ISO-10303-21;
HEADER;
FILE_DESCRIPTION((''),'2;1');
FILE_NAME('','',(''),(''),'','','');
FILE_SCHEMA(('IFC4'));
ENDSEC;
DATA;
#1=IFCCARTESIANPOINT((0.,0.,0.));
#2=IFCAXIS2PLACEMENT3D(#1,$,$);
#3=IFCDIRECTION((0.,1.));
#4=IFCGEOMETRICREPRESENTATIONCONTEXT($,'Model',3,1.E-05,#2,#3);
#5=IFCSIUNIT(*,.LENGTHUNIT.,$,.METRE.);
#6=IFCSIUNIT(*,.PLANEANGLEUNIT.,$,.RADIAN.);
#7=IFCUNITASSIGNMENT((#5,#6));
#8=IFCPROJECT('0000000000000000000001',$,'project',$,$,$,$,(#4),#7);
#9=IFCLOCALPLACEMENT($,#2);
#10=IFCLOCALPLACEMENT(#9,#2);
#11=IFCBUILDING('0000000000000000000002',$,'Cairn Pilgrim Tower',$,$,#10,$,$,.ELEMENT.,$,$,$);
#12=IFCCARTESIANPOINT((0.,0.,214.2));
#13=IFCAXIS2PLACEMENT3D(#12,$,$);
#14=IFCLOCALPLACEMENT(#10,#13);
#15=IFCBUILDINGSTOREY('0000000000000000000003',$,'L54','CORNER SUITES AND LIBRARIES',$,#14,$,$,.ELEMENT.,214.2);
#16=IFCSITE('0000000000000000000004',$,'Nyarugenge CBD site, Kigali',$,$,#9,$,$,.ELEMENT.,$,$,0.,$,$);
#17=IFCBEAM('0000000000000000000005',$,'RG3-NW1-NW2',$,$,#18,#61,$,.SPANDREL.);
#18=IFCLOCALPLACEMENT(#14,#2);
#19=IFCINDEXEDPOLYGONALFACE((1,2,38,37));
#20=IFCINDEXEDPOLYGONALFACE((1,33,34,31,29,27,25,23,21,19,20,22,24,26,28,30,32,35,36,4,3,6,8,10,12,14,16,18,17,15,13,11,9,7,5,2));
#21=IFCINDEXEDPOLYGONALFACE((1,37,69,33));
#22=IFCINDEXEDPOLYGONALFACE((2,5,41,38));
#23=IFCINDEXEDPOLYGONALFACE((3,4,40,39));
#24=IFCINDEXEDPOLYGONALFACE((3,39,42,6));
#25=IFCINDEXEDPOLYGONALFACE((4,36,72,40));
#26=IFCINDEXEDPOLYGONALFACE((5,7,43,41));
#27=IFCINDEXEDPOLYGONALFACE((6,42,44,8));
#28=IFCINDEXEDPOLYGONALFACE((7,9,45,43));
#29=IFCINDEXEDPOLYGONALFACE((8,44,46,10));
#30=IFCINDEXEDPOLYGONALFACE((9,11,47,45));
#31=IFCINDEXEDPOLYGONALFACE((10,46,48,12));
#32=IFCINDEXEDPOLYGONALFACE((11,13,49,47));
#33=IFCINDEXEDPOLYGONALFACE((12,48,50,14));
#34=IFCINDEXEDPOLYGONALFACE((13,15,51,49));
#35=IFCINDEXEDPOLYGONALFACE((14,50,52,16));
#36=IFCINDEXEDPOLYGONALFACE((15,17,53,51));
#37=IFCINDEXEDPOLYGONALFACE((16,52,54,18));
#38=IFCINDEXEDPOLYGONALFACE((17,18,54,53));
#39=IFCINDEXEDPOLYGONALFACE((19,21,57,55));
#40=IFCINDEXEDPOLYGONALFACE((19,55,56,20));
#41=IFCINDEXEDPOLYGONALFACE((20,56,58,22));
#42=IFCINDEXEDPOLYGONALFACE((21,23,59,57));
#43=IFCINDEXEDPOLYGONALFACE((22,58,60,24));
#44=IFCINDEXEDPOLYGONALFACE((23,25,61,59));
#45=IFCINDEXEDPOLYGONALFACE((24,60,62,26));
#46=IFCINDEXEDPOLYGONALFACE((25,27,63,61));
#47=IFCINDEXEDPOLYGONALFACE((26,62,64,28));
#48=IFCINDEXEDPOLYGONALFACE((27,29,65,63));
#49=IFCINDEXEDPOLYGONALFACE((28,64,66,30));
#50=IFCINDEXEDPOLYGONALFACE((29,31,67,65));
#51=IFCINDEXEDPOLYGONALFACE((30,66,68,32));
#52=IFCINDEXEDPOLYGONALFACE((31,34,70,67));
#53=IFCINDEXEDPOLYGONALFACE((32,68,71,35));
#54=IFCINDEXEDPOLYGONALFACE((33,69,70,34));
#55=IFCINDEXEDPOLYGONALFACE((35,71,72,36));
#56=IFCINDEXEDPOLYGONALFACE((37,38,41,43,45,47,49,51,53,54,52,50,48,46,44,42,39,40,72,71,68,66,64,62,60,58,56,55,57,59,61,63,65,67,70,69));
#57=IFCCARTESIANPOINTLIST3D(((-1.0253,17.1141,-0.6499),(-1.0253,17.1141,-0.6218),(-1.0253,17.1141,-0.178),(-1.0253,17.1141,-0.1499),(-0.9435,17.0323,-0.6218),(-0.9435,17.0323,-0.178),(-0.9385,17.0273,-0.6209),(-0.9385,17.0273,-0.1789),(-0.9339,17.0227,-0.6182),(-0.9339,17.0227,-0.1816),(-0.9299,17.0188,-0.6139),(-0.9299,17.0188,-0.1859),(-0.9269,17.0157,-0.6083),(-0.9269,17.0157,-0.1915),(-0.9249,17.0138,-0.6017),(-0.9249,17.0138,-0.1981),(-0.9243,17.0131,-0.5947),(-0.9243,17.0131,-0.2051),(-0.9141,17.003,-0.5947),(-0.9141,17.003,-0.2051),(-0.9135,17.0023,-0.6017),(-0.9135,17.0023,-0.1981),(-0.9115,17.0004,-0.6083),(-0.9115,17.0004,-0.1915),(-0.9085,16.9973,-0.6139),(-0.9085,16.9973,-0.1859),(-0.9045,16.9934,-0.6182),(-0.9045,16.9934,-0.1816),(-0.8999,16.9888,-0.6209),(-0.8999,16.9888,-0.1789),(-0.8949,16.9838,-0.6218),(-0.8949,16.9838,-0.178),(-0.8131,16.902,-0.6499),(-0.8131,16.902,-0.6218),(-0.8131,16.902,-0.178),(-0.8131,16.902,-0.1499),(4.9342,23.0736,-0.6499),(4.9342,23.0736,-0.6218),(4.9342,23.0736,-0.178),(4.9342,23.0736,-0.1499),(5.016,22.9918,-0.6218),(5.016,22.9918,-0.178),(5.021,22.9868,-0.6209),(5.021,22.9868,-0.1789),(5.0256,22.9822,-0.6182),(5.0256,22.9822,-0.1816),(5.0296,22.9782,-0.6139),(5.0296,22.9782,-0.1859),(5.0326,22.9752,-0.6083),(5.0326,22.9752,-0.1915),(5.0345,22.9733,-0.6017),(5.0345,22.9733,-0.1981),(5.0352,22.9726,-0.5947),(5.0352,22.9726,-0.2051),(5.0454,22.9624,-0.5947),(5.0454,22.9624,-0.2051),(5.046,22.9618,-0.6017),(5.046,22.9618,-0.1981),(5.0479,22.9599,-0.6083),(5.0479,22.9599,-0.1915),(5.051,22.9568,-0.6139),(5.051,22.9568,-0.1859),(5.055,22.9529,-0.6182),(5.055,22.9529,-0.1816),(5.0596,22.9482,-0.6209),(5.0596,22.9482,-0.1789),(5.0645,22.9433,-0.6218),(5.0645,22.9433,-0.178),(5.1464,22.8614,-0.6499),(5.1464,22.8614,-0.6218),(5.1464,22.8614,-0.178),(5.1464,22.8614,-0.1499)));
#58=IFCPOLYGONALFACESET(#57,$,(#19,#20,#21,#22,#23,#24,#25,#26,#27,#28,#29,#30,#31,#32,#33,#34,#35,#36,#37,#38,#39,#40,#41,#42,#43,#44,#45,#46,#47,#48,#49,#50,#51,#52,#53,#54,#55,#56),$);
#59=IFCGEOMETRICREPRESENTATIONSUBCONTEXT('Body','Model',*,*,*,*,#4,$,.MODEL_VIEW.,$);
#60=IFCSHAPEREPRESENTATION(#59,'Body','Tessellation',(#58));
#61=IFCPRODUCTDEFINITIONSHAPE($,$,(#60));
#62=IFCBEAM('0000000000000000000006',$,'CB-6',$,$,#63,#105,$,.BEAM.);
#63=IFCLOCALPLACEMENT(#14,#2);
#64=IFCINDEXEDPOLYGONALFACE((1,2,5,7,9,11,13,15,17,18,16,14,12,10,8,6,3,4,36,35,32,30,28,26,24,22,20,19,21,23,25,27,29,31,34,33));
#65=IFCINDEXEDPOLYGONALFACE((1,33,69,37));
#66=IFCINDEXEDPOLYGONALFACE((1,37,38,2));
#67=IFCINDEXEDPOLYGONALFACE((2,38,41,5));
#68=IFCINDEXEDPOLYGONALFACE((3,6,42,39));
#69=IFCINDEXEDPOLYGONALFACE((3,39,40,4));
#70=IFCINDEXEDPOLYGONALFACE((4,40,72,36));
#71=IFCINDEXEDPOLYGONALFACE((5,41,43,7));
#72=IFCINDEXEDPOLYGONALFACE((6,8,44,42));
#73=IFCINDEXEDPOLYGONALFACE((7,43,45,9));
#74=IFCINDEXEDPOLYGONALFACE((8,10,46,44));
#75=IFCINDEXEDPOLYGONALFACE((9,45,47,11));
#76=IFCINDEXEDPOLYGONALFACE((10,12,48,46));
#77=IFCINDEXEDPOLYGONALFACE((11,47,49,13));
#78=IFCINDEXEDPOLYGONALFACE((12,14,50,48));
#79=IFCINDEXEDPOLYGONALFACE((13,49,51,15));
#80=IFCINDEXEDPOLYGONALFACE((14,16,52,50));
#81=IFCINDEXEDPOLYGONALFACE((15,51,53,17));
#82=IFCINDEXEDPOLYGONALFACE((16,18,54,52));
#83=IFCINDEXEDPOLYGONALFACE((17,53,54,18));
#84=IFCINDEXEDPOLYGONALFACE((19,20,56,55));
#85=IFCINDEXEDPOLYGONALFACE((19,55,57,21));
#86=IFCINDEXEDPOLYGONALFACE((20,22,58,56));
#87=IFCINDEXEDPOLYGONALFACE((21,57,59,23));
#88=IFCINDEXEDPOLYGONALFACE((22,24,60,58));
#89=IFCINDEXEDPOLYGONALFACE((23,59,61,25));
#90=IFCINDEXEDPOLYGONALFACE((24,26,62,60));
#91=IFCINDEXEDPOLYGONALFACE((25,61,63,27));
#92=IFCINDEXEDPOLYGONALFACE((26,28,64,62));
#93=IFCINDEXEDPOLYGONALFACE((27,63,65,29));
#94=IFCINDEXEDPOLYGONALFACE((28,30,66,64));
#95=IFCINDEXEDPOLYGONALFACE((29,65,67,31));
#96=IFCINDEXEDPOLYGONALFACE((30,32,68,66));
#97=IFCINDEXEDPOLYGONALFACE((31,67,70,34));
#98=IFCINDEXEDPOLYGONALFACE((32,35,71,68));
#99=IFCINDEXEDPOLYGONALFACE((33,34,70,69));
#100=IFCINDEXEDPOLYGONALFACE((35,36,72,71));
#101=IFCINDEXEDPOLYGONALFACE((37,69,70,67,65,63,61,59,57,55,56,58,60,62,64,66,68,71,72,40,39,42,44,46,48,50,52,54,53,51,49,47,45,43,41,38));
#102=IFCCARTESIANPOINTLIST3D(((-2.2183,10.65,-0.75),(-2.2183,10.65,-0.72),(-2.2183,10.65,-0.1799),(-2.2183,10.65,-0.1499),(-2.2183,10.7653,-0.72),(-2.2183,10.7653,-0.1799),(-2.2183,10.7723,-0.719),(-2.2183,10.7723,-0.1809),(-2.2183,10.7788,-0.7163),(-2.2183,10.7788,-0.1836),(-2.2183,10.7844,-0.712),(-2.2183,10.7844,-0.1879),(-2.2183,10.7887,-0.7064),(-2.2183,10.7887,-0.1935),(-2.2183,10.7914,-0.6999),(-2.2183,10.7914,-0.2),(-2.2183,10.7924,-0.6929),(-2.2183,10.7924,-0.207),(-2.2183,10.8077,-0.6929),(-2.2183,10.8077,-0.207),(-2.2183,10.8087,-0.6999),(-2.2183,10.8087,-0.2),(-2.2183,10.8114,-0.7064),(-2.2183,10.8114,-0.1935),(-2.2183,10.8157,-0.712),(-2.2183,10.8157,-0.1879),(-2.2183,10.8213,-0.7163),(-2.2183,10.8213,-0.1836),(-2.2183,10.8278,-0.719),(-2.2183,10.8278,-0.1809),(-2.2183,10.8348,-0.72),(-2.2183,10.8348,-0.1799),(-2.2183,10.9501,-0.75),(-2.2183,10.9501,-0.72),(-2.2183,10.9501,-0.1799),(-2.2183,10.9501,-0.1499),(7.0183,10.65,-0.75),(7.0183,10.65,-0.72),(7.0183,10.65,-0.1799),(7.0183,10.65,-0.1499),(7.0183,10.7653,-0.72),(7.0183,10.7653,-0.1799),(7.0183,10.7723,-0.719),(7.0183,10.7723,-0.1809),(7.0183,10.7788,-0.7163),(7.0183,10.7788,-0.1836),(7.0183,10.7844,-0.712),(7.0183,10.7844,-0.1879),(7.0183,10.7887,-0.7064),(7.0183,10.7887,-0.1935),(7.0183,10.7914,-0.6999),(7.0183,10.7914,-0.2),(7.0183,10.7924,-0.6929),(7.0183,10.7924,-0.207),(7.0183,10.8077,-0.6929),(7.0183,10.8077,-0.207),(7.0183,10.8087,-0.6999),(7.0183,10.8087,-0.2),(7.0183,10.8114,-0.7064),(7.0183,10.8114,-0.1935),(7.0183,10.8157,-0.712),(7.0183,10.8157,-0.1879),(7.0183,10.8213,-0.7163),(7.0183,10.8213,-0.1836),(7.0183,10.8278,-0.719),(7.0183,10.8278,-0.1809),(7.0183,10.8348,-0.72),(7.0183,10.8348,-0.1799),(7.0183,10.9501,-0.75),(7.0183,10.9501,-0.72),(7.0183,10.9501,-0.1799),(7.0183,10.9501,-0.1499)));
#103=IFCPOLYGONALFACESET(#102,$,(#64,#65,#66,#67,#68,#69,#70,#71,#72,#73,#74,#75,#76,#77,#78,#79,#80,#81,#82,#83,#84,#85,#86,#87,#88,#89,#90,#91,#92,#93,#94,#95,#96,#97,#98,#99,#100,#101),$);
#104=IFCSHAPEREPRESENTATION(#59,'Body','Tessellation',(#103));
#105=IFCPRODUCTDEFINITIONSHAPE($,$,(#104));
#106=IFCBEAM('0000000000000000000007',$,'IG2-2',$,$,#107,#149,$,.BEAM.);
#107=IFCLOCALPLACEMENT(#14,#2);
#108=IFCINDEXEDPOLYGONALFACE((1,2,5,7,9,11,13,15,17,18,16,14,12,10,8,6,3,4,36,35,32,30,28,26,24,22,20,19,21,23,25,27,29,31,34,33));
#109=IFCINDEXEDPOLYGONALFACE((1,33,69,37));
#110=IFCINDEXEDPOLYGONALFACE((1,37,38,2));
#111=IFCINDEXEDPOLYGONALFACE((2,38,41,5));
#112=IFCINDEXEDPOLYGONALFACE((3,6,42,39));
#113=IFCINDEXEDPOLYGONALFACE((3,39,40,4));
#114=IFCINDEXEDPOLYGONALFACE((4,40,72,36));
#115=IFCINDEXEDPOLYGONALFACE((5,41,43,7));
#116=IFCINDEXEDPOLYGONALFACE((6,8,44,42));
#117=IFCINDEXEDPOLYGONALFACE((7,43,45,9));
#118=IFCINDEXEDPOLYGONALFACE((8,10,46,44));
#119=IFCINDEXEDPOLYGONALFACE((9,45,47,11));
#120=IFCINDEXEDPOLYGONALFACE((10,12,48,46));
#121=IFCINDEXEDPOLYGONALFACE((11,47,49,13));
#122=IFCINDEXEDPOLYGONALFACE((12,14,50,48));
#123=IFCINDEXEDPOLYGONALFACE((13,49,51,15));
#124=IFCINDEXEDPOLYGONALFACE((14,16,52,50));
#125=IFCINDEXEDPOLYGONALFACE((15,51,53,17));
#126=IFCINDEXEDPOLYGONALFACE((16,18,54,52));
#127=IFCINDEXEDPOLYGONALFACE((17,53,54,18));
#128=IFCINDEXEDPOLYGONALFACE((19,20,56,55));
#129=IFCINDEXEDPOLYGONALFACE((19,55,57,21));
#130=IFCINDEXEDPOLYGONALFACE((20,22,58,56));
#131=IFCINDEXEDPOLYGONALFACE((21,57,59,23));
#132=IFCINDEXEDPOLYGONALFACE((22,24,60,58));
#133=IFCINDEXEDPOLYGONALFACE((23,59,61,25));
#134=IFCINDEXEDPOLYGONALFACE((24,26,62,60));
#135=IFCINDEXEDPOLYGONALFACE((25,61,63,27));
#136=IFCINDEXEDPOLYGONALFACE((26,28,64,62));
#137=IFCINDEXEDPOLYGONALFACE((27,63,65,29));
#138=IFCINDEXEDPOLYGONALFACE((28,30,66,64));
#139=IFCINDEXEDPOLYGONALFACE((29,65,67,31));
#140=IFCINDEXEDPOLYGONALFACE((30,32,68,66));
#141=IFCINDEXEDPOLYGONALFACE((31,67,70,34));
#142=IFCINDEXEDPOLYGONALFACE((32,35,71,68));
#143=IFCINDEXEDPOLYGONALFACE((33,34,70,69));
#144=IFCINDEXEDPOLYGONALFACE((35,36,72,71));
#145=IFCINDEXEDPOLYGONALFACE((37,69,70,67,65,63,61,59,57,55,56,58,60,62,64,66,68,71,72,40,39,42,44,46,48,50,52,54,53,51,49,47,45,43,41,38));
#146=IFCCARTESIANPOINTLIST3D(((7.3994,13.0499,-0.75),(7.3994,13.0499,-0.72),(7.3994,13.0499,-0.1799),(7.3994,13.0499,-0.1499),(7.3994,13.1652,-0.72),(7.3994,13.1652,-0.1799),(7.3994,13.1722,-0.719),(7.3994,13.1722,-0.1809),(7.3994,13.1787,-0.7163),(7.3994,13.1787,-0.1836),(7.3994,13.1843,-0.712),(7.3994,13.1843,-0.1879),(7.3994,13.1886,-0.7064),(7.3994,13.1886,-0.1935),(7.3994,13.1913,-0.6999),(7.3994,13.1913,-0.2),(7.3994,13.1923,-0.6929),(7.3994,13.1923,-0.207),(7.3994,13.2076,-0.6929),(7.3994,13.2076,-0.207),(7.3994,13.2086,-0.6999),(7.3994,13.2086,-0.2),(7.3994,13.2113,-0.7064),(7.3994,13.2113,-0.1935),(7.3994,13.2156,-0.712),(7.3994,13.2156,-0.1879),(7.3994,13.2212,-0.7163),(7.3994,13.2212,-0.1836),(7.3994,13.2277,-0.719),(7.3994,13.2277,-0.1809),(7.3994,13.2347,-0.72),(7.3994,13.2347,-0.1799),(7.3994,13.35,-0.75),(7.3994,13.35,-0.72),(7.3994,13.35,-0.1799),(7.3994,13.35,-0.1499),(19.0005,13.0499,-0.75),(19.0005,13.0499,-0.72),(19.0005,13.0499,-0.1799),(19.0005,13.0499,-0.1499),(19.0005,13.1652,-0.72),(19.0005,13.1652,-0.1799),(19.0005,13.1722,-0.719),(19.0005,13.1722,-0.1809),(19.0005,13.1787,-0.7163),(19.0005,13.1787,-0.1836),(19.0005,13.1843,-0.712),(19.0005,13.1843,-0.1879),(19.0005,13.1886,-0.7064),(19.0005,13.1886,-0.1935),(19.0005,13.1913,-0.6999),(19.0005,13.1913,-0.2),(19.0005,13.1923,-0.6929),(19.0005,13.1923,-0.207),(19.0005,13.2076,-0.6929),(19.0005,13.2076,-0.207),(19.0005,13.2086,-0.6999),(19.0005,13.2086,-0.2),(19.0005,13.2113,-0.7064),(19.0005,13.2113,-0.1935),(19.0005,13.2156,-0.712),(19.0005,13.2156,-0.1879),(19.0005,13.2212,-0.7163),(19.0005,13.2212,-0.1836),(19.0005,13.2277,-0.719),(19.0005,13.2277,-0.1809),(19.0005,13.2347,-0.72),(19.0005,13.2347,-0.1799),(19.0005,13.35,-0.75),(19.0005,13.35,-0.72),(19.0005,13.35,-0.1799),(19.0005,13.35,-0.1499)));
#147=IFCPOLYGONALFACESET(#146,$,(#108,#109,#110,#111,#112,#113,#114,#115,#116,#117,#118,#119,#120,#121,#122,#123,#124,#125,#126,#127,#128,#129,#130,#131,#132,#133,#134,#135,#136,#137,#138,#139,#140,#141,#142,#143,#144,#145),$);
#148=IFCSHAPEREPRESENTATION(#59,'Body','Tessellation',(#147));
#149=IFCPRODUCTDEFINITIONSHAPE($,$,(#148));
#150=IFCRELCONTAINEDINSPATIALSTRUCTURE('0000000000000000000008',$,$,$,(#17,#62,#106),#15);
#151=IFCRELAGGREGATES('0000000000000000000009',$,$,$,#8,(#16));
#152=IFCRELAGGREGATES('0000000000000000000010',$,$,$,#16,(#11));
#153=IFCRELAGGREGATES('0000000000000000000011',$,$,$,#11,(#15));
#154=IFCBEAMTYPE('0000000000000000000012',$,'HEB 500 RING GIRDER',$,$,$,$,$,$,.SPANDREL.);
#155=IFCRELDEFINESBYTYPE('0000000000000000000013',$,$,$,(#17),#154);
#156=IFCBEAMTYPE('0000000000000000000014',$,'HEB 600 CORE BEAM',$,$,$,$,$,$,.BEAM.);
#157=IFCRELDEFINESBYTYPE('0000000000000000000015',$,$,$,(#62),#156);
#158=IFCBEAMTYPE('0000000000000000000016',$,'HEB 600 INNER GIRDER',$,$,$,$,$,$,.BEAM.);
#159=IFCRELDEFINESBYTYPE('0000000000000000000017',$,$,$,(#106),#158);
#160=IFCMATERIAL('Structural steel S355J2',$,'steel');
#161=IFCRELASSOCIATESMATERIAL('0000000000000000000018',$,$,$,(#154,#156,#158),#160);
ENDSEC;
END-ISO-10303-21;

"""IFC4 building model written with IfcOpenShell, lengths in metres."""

from ifc_helpers import new_model, si_unit, direction, frame, origin, origin_2d, place, context, subcontext, project, spatial, i_section, extrude, material, material_profile, profile_set, type_object, element, save


model = new_model("IFC4")

# Units and contexts
model_context = context("Model", 3, precision=1e-05, world=origin(), true_north=direction((0.0, 1.0)))
body_context = subcontext(model_context, "Body", "Model", "MODEL_VIEW")
ifc_project = project(units=[si_unit("LENGTHUNIT", "METRE"), si_unit("PLANEANGLEUNIT", "RADIAN")], contexts=[model_context])

# Site, building, storey
site_placement = place(None, origin())
site = spatial("IfcSite", under=ifc_project, at=site_placement, Name="Nyarugenge CBD site, Kigali", CompositionType="ELEMENT", RefElevation=0.0)
building_placement = place(site_placement, origin())
building = spatial("IfcBuilding", under=site, at=building_placement, Name="Cairn Pilgrim Tower", CompositionType="ELEMENT")
storey_placement = place(building_placement, frame((0.0, 0.0, 214.2)))
storey = spatial("IfcBuildingStorey", under=building, at=storey_placement, Name="L54", Description="CORNER SUITES AND LIBRARIES", CompositionType="ELEMENT", Elevation=214.2)

# Shared definitions
ifc_material_1 = material(Name="Structural steel S355J2", Category="steel")

# Beams
ifc_material_profile_1 = material_profile(ifc_material_1, i_section(OverallWidth=0.3, OverallDepth=0.5, WebThickness=0.0144, FlangeThickness=0.0281, FilletRadius=0.0271, at=origin_2d()), Name="HEB 500")
ifc_profile_set_1 = profile_set([ifc_material_profile_1], Name="Structural steel S355J2")
beam_type_1 = type_object("IfcBeamType", Name="HEB 500 RING GIRDER", PredefinedType="SPANDREL", material=ifc_profile_set_1)
beam_1_placement = place(storey_placement, frame((5.0403, 22.9675, -0.3999), z_axis=(-0.707107, -0.707107, 0.0), x_axis=(0.707107, -0.707107, 0.0)))
element("IfcBeam", 1, at=beam_1_placement, inside=storey, type_object=beam_type_1, Name="RG3-NW1-NW2", PredefinedType="SPANDREL", context=body_context, shape_type="SweptSolid", body=[
    extrude(i_section(OverallWidth=0.3, OverallDepth=0.5, WebThickness=0.0144, FlangeThickness=0.0281, FilletRadius=0.0271, at=origin_2d()), origin(), (0.0, 0.0, 1.0), 8.428),
])
ifc_material_profile_2 = material_profile(ifc_material_1, i_section(OverallWidth=0.3, OverallDepth=0.6001, WebThickness=0.0154, FlangeThickness=0.03, FilletRadius=0.0271, at=origin_2d()), Name="HEB 600")
ifc_profile_set_2 = profile_set([ifc_material_profile_2], Name="Structural steel S355J2")
beam_type_2 = type_object("IfcBeamType", Name="HEB 600 CORE BEAM", PredefinedType="BEAM", material=ifc_profile_set_2)
beam_2_placement = place(storey_placement, frame((7.0183, 10.8, -0.45), z_axis=(-1.0, 0.0, 0.0), x_axis=(0.0, -1.0, 0.0)))
element("IfcBeam", 2, at=beam_2_placement, inside=storey, type_object=beam_type_2, Name="CB-6", PredefinedType="BEAM", context=body_context, shape_type="SweptSolid", body=[
    extrude(i_section(OverallWidth=0.3, OverallDepth=0.6001, WebThickness=0.0154, FlangeThickness=0.03, FilletRadius=0.0271, at=origin_2d()), origin(), (0.0, 0.0, 1.0), 9.2366),
])
ifc_material_profile_3 = material_profile(ifc_material_1, i_section(OverallWidth=0.3, OverallDepth=0.6001, WebThickness=0.0154, FlangeThickness=0.03, FilletRadius=0.0271, at=origin_2d()), Name="HEB 600")
ifc_profile_set_3 = profile_set([ifc_material_profile_3], Name="Structural steel S355J2")
beam_type_3 = type_object("IfcBeamType", Name="HEB 600 INNER GIRDER", PredefinedType="BEAM", material=ifc_profile_set_3)
beam_3_placement = place(storey_placement, frame((7.3994, 13.2, -0.45), z_axis=(1.0, 0.0, 0.0), x_axis=(0.0, 1.0, 0.0)))
element("IfcBeam", 3, at=beam_3_placement, inside=storey, type_object=beam_type_3, Name="IG2-2", PredefinedType="BEAM", context=body_context, shape_type="SweptSolid", body=[
    extrude(i_section(OverallWidth=0.3, OverallDepth=0.6001, WebThickness=0.0154, FlangeThickness=0.03, FilletRadius=0.0271, at=origin_2d()), origin(), (0.0, 0.0, 1.0), 11.6011),
])

save(model, "model.ifc")
